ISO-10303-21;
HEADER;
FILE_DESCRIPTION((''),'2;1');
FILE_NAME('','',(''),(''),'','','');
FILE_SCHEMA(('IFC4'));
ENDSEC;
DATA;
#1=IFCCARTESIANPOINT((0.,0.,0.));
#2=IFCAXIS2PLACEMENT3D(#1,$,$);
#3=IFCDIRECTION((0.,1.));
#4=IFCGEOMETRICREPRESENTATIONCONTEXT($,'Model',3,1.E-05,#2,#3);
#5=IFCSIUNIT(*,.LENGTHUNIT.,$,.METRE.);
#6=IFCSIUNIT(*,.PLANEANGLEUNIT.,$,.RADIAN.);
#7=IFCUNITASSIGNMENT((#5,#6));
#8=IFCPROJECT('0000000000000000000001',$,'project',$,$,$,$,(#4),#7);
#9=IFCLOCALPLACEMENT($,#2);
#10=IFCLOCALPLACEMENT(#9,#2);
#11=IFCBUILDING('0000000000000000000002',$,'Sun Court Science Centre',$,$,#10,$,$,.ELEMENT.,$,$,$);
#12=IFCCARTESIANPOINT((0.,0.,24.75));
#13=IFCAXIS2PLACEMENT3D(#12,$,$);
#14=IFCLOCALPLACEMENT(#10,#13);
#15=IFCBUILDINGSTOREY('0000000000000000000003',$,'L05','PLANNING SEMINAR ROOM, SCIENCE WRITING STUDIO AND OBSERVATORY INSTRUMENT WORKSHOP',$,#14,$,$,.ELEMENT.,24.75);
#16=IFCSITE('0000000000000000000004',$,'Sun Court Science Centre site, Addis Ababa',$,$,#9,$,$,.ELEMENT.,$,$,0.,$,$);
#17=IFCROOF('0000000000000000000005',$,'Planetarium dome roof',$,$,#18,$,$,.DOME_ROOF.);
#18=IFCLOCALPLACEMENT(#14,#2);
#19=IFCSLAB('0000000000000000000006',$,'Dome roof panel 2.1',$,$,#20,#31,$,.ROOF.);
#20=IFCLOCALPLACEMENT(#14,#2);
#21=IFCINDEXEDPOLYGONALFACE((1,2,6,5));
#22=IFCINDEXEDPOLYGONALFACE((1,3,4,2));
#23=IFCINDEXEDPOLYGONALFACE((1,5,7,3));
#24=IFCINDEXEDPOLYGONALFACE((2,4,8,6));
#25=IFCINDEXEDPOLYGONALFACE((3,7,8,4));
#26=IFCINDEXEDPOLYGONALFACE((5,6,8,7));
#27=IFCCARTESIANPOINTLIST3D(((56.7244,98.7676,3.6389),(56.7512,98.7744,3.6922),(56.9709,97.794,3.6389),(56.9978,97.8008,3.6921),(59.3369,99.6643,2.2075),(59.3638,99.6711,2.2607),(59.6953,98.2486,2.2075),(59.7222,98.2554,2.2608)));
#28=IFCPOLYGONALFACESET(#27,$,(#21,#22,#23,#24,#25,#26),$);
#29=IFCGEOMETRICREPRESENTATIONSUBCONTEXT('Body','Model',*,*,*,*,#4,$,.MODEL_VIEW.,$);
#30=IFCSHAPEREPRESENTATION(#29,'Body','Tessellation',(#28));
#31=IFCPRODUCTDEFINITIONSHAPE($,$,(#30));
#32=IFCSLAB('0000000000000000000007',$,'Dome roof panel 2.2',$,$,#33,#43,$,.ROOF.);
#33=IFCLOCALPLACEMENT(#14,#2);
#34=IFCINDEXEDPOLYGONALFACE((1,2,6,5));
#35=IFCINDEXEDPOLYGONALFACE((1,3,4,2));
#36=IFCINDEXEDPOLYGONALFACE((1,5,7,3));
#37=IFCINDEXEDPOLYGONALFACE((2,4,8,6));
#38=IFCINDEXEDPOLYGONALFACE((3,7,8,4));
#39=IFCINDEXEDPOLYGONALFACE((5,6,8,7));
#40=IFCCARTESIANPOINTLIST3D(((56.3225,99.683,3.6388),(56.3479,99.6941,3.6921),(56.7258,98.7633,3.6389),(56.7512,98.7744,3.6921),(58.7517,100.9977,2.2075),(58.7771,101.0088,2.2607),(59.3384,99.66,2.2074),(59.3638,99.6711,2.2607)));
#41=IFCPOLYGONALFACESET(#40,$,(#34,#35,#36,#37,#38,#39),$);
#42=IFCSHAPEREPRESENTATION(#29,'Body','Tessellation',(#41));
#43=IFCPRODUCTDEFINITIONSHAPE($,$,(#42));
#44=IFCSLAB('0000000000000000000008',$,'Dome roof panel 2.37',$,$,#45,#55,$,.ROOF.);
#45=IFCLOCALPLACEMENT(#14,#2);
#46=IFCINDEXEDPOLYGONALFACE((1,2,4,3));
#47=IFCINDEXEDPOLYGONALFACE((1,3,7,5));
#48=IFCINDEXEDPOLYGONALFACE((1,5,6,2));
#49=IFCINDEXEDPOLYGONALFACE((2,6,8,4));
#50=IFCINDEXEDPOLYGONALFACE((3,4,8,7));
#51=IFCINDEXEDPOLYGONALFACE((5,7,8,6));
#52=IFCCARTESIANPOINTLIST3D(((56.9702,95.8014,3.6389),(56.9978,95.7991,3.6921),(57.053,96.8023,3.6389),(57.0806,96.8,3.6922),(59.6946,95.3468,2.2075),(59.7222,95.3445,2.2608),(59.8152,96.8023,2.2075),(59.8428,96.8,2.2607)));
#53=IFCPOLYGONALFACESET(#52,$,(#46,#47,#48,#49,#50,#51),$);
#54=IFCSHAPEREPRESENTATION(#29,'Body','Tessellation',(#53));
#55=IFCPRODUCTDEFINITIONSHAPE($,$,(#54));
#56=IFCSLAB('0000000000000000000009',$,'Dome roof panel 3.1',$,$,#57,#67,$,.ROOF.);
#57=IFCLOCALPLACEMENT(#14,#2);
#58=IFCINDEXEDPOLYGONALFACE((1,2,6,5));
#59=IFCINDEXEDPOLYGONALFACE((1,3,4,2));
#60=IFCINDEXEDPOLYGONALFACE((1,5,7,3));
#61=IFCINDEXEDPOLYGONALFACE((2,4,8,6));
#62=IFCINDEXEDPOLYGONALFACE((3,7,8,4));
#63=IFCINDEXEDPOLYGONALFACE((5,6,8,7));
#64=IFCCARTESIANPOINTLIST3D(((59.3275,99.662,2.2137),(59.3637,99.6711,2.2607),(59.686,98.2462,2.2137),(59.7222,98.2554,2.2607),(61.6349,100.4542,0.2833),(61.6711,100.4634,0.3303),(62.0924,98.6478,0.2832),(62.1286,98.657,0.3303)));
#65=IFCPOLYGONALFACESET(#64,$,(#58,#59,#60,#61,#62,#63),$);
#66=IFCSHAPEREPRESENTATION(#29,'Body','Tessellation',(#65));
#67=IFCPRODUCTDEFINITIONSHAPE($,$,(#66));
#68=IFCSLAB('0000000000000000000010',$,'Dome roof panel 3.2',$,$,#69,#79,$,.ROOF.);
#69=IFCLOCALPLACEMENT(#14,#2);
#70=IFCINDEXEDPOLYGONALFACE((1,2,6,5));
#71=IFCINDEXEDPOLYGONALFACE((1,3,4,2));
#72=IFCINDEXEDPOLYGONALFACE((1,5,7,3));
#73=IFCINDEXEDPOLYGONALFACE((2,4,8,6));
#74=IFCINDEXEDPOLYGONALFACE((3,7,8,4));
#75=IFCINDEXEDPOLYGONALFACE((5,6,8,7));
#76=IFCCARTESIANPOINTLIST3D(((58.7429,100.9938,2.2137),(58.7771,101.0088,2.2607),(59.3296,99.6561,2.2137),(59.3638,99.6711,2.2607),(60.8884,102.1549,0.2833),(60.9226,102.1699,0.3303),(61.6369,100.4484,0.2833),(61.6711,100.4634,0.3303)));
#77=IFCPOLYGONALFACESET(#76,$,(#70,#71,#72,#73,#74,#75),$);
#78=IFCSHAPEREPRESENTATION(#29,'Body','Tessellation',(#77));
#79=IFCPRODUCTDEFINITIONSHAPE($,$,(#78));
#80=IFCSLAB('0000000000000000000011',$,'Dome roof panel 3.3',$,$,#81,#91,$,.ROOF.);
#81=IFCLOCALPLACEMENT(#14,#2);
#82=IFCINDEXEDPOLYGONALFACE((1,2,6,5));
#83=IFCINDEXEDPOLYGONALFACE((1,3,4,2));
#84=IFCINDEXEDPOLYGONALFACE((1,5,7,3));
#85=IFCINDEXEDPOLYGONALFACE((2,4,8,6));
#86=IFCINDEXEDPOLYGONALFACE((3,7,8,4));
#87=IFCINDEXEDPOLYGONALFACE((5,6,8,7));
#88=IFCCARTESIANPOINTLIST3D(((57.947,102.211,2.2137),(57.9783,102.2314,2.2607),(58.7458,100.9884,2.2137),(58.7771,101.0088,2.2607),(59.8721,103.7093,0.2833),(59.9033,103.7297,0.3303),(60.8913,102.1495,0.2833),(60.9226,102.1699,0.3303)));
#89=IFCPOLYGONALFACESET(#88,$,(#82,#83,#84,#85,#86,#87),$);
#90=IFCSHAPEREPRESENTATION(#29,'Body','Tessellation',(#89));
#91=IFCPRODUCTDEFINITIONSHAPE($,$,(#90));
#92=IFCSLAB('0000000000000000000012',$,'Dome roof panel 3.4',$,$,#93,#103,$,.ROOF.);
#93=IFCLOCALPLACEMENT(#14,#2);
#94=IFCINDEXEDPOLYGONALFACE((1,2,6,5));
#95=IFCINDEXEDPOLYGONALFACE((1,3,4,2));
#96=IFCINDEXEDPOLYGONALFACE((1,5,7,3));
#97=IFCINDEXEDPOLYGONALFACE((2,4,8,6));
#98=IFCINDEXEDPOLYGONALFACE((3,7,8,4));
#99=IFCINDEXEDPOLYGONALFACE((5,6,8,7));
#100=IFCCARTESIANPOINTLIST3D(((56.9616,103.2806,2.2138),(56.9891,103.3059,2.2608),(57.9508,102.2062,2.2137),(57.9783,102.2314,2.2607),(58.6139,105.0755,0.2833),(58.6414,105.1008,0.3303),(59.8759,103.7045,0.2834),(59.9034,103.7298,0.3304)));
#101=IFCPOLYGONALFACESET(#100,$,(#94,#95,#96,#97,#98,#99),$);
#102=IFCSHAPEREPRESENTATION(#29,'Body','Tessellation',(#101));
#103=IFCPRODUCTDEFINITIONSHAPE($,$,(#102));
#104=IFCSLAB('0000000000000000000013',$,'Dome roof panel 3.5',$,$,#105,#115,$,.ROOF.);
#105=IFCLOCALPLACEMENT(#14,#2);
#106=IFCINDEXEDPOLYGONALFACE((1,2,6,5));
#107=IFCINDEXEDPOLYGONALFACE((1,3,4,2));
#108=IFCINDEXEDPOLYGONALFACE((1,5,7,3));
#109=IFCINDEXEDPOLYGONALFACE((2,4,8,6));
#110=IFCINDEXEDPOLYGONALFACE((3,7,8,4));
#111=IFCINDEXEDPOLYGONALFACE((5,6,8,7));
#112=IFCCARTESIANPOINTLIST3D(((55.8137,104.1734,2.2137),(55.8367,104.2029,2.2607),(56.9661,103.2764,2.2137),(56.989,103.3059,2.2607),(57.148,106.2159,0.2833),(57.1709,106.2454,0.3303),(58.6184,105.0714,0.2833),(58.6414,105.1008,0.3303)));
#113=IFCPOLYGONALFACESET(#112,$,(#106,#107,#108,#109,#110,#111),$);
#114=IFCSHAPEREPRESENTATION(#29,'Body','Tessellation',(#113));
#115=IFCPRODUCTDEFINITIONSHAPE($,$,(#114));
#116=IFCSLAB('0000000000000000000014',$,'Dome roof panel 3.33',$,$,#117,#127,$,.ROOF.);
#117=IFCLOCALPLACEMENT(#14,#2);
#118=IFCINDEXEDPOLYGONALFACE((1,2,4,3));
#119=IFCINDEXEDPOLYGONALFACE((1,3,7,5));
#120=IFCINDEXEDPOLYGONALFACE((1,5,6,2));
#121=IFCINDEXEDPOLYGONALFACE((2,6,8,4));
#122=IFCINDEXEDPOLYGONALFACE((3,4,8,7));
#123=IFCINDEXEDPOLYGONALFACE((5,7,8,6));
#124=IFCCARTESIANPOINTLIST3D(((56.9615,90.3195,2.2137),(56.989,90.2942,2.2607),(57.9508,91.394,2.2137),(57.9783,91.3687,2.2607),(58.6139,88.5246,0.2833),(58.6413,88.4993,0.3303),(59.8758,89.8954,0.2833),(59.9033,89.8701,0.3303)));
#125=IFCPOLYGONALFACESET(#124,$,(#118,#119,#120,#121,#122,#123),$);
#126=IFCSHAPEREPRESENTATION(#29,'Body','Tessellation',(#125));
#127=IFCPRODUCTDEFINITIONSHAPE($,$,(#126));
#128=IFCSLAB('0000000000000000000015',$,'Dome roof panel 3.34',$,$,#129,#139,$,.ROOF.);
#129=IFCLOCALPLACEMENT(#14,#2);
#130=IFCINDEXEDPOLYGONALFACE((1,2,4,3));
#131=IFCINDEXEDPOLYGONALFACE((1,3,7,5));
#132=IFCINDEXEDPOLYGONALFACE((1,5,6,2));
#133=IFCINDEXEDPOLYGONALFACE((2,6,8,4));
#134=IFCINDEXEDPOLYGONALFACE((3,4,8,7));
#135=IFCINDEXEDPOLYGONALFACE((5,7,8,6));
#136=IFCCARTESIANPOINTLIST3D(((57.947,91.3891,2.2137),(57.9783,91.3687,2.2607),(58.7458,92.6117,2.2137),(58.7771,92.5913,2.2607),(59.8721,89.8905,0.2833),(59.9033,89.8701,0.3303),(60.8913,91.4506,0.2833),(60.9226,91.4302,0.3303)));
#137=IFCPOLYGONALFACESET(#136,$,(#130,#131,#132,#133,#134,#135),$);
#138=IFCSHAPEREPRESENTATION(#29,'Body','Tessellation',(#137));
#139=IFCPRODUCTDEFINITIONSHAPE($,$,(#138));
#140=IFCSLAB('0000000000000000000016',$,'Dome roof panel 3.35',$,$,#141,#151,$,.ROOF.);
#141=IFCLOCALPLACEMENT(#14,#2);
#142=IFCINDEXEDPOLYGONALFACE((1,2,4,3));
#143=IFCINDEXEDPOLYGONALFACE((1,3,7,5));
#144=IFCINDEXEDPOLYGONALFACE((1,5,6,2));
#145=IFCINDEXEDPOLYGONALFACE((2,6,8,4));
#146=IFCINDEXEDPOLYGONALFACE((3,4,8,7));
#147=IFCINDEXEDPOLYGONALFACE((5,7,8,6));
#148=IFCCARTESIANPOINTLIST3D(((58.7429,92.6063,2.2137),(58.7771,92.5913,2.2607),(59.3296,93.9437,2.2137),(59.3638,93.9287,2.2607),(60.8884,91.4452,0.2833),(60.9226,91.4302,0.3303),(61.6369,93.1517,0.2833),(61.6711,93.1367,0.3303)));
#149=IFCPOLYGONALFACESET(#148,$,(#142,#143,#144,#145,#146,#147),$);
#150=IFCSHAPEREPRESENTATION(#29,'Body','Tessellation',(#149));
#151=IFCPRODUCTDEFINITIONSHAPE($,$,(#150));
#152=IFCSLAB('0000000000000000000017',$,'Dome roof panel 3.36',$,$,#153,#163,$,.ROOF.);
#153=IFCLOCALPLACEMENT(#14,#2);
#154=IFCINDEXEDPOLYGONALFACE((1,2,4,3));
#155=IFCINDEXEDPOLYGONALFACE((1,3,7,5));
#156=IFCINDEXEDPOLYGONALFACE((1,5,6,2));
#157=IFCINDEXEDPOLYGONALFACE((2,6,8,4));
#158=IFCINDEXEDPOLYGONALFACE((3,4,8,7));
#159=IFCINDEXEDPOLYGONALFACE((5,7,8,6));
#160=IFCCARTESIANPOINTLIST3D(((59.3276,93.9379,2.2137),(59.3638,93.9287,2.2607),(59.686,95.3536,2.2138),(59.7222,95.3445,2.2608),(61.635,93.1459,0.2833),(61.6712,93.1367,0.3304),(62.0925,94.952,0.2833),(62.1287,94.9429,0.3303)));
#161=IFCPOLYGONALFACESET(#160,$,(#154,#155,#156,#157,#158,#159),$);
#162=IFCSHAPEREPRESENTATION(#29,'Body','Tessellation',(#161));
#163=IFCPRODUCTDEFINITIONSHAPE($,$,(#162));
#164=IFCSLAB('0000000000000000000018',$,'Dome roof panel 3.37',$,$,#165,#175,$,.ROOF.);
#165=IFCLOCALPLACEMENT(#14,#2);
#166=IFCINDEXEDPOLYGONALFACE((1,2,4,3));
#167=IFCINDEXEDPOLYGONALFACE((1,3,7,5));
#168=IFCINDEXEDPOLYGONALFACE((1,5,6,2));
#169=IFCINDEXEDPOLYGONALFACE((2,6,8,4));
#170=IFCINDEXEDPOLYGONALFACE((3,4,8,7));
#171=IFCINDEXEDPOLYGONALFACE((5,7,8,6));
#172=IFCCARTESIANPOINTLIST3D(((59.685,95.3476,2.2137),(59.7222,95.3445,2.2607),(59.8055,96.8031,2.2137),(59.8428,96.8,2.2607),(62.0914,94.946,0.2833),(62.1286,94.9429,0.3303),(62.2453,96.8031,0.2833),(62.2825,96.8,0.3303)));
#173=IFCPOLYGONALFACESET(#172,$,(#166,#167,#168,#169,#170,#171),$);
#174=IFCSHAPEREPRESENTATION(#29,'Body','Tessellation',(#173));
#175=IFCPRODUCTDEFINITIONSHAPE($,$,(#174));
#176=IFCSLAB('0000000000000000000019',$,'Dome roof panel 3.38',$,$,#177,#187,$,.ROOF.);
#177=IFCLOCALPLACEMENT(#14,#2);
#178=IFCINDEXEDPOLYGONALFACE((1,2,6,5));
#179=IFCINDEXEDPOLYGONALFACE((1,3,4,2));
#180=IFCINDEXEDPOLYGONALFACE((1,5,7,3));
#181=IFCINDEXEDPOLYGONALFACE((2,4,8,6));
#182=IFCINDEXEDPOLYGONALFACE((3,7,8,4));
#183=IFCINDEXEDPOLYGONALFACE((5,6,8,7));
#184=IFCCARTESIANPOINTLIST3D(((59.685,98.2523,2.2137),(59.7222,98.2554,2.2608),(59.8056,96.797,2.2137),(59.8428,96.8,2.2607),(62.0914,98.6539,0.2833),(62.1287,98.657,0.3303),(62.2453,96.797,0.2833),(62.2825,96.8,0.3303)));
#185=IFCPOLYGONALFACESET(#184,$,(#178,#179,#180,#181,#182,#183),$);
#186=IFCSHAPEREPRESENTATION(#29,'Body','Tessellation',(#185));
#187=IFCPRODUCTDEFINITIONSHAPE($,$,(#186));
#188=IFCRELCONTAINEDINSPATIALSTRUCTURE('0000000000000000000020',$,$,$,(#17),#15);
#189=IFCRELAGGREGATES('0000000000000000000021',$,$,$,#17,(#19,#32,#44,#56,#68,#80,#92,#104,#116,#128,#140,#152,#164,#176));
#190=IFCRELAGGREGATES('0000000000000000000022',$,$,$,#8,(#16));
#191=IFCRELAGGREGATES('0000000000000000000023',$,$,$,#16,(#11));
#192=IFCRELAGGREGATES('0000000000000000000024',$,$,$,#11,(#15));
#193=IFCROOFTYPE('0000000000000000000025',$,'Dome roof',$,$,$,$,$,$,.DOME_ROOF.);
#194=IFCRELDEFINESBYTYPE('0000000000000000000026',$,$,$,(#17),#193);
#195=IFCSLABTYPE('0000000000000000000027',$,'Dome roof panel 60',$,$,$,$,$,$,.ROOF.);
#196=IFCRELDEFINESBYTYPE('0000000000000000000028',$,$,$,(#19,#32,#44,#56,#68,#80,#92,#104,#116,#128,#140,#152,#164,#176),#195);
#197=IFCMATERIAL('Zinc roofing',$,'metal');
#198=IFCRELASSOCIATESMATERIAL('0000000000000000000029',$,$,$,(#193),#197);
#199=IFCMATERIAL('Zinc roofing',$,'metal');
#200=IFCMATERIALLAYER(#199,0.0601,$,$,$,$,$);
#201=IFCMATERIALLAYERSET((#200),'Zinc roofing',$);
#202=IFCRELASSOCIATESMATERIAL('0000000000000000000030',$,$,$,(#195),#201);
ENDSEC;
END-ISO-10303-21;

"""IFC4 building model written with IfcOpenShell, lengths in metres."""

from ifc_helpers import new_model, si_unit, direction, frame, origin, place, context, subcontext, project, spatial, polyline, outline, extrude, material, layer, layer_set, type_object, element, aggregate, save


model = new_model("IFC4")

# Units and contexts
model_context = context("Model", 3, precision=1e-05, world=origin(), true_north=direction((0.0, 1.0)))
body_context = subcontext(model_context, "Body", "Model", "MODEL_VIEW")
ifc_project = project(units=[si_unit("LENGTHUNIT", "METRE"), si_unit("PLANEANGLEUNIT", "RADIAN")], contexts=[model_context])

# Site, building, storey
site_placement = place(None, origin())
site = spatial("IfcSite", under=ifc_project, at=site_placement, Name="Sun Court Science Centre site, Addis Ababa", CompositionType="ELEMENT", RefElevation=0.0)
building_placement = place(site_placement, origin())
building = spatial("IfcBuilding", under=site, at=building_placement, Name="Sun Court Science Centre", CompositionType="ELEMENT")
storey_placement = place(building_placement, frame((0.0, 0.0, 24.75)))
storey = spatial("IfcBuildingStorey", under=building, at=storey_placement, Name="L05", Description="PLANNING SEMINAR ROOM, SCIENCE WRITING STUDIO AND OBSERVATORY INSTRUMENT WORKSHOP", CompositionType="ELEMENT", Elevation=24.75)

# Roof, slabs
ifc_material_1 = material(Name="Zinc roofing", Category="metal")
roof_type = type_object("IfcRoofType", Name="Dome roof", PredefinedType="DOME_ROOF", material=ifc_material_1)
roof_placement = place(storey_placement, origin())
roof = element("IfcRoof", 1, at=roof_placement, inside=storey, type_object=roof_type, Name="Planetarium dome roof", PredefinedType="DOME_ROOF")
ifc_material_2 = material(Name="Zinc roofing", Category="metal")
ifc_layer = layer(ifc_material_2, 0.0601)
ifc_layer_set = layer_set([ifc_layer], Name="Zinc roofing")
slab_type = type_object("IfcSlabType", Name="Dome roof panel 60", PredefinedType="ROOF", material=ifc_layer_set)
slab_1_placement = place(storey_placement, frame((56.9978, 97.8008, 3.6921), z_axis=(0.447242, 0.113239, 0.887216), x_axis=(-0.245496, 0.969398, 0.000026)))
slab_1 = element("IfcSlab", 2, at=slab_1_placement, type_object=slab_type, Name="Dome roof panel 2.1", PredefinedType="ROOF", context=body_context, shape_type="SweptSolid", body=[
    extrude(outline(polyline([(0.0, 0.0), (1.0044, 0.0), (1.2323, -3.1027), (-0.2282, -3.1025), (0.0, 0.0)])), origin(), (0.0, 0.0, -1.0), 0.0601),
])
slab_2_placement = place(storey_placement, frame((56.7512, 98.7744, 3.6921), z_axis=(0.422503, 0.185296, 0.887218), x_axis=(-0.401626, 0.915804, -0.000008)))
slab_2 = element("IfcSlab", 3, at=slab_2_placement, type_object=slab_type, Name="Dome roof panel 2.2", PredefinedType="ROOF", context=body_context, shape_type="SweptSolid", body=[
    extrude(outline(polyline([(0.0, 0.0), (1.0042, 0.0), (1.2326, -3.1026), (-0.228, -3.1026), (0.0, 0.0)])), origin(), (0.0, 0.0, -1.0), 0.0601),
])
slab_3_placement = place(storey_placement, frame((56.9978, 95.7991, 3.6921), z_axis=(0.45978, -0.038064, 0.887217), x_axis=(0.082424, 0.996597, 0.000042)))
slab_3 = element("IfcSlab", 4, at=slab_3_placement, type_object=slab_type, Name="Dome roof panel 2.37", PredefinedType="ROOF", context=body_context, shape_type="SweptSolid", body=[
    extrude(outline(polyline([(0.0, 0.0), (1.0044, 0.0), (1.232, -3.1027), (-0.2286, -3.1025), (0.0, 0.0)])), origin(), (0.0, 0.0, -1.0), 0.0601),
])
slab_4_placement = place(storey_placement, frame((59.7222, 98.2554, 2.2607), z_axis=(0.602786, 0.152638, 0.783167), x_axis=(-0.245432, 0.969414, -0.000033)))
slab_4 = element("IfcSlab", 5, at=slab_4_placement, type_object=slab_type, Name="Dome roof panel 3.1", PredefinedType="ROOF", context=body_context, shape_type="SweptSolid", body=[
    extrude(outline(polyline([(0.0, 0.0), (1.4604, 0.0), (1.6622, -3.1044), (-0.2012, -3.1046), (0.0, 0.0)])), origin(), (0.0, 0.0, -1.0), 0.0601),
])
slab_5_placement = place(storey_placement, frame((59.3638, 99.6711, 2.2607), z_axis=(0.56946, 0.24977, 0.783154), x_axis=(-0.401659, 0.915789, -0.00001)))
slab_5 = element("IfcSlab", 6, at=slab_5_placement, type_object=slab_type, Name="Dome roof panel 3.2", PredefinedType="ROOF", context=body_context, shape_type="SweptSolid", body=[
    extrude(outline(polyline([(0.0, 0.0), (1.4606, 0.0), (1.6623, -3.1044), (-0.2012, -3.1045), (0.0, 0.0)])), origin(), (0.0, 0.0, -1.0), 0.0601),
])
slab_6_placement = place(storey_placement, frame((58.7771, 101.0088, 2.2607), z_axis=(0.520566, 0.340147, 0.783142), x_axis=(-0.546975, 0.837149, -0.000021)))
slab_6 = element("IfcSlab", 7, at=slab_6_placement, type_object=slab_type, Name="Dome roof panel 3.3", PredefinedType="ROOF", context=body_context, shape_type="SweptSolid", body=[
    extrude(outline(polyline([(0.0, 0.0), (1.4605, 0.0), (1.6619, -3.1043), (-0.2015, -3.1044), (0.0, 0.0)])), origin(), (0.0, 0.0, -1.0), 0.0601),
])
slab_7_placement = place(storey_placement, frame((57.9783, 102.2314, 2.2607), z_axis=(0.457505, 0.42115, 0.783149), x_axis=(-0.67731, 0.735698, 0.000043)))
slab_7 = element("IfcSlab", 8, at=slab_7_placement, type_object=slab_type, Name="Dome roof panel 3.4", PredefinedType="ROOF", context=body_context, shape_type="SweptSolid", body=[
    extrude(outline(polyline([(0.0, 0.0), (1.4605, 0.0), (1.6618, -3.1045), (-0.2016, -3.1043), (0.0, 0.0)])), origin(), (0.0, 0.0, -1.0), 0.0601),
])
slab_8_placement = place(storey_placement, frame((56.989, 103.3059, 2.2607), z_axis=(0.381938, 0.490692, 0.783163), x_axis=(-0.789121, 0.614237, -0.000007)))
slab_8 = element("IfcSlab", 9, at=slab_8_placement, type_object=slab_type, Name="Dome roof panel 3.5", PredefinedType="ROOF", context=body_context, shape_type="SweptSolid", body=[
    extrude(outline(polyline([(0.0, 0.0), (1.4603, 0.0), (1.662, -3.1045), (-0.2014, -3.1045), (0.0, 0.0)])), origin(), (0.0, 0.0, -1.0), 0.0601),
])
slab_9_placement = place(storey_placement, frame((56.989, 90.2942, 2.2607), z_axis=(0.457475, -0.421164, 0.783159), x_axis=(0.677324, 0.735685, -0.000019)))
slab_9 = element("IfcSlab", 10, at=slab_9_placement, type_object=slab_type, Name="Dome roof panel 3.33", PredefinedType="ROOF", context=body_context, shape_type="SweptSolid", body=[
    extrude(outline(polyline([(0.0, 0.0), (1.4605, 0.0), (1.662, -3.1044), (-0.2013, -3.1045), (0.0, 0.0)])), origin(), (0.0, 0.0, -1.0), 0.0601),
])
slab_10_placement = place(storey_placement, frame((57.9783, 91.3687, 2.2607), z_axis=(0.520571, -0.34012, 0.78315), x_axis=(0.546962, 0.837157, 0.000002)))
slab_10 = element("IfcSlab", 11, at=slab_10_placement, type_object=slab_type, Name="Dome roof panel 3.34", PredefinedType="ROOF", context=body_context, shape_type="SweptSolid", body=[
    extrude(outline(polyline([(0.0, 0.0), (1.4605, 0.0), (1.6619, -3.1044), (-0.2016, -3.1044), (0.0, 0.0)])), origin(), (0.0, 0.0, -1.0), 0.0601),
])
slab_11_placement = place(storey_placement, frame((58.7771, 92.5913, 2.2607), z_axis=(0.56946, -0.24979, 0.783148), x_axis=(0.401707, 0.915768, -0.000009)))
slab_11 = element("IfcSlab", 12, at=slab_11_placement, type_object=slab_type, Name="Dome roof panel 3.35", PredefinedType="ROOF", context=body_context, shape_type="SweptSolid", body=[
    extrude(outline(polyline([(0.0, 0.0), (1.4604, 0.0), (1.662, -3.1044), (-0.2014, -3.1044), (0.0, 0.0)])), origin(), (0.0, 0.0, -1.0), 0.0601),
])
slab_12_placement = place(storey_placement, frame((59.3638, 93.9287, 2.2607), z_axis=(0.602788, -0.15265, 0.783163), x_axis=(0.245438, 0.969412, 0.000042)))
slab_12 = element("IfcSlab", 13, at=slab_12_placement, type_object=slab_type, Name="Dome roof panel 3.36", PredefinedType="ROOF", context=body_context, shape_type="SweptSolid", body=[
    extrude(outline(polyline([(0.0, 0.0), (1.4604, 0.0), (1.6617, -3.1046), (-0.2015, -3.1044), (0.0, 0.0)])), origin(), (0.0, 0.0, -1.0), 0.0601),
])
slab_13_placement = place(storey_placement, frame((59.7222, 95.3445, 2.2607), z_axis=(0.619681, -0.051332, 0.783173), x_axis=(0.082567, 0.996586, -0.000011)))
slab_13 = element("IfcSlab", 14, at=slab_13_placement, type_object=slab_type, Name="Dome roof panel 3.37", PredefinedType="ROOF", context=body_context, shape_type="SweptSolid", body=[
    extrude(outline(polyline([(0.0, 0.0), (1.4606, 0.0), (1.662, -3.1045), (-0.2015, -3.1046), (0.0, 0.0)])), origin(), (0.0, 0.0, -1.0), 0.0601),
])
slab_14_placement = place(storey_placement, frame((59.8428, 96.8, 2.2607), z_axis=(0.61968, 0.051339, 0.783173), x_axis=(-0.08258, 0.996584, 0.000012)))
slab_14 = element("IfcSlab", 15, at=slab_14_placement, type_object=slab_type, Name="Dome roof panel 3.38", PredefinedType="ROOF", context=body_context, shape_type="SweptSolid", body=[
    extrude(outline(polyline([(0.0, 0.0), (1.4603, 0.0), (1.6618, -3.1046), (-0.2015, -3.1045), (0.0, 0.0)])), origin(), (0.0, 0.0, -1.0), 0.0601),
])
aggregate(roof, [slab_1, slab_2, slab_3, slab_4, slab_5, slab_6, slab_7, slab_8, slab_9, slab_10, slab_11, slab_12, slab_13, slab_14])

save(model, "model.ifc")
